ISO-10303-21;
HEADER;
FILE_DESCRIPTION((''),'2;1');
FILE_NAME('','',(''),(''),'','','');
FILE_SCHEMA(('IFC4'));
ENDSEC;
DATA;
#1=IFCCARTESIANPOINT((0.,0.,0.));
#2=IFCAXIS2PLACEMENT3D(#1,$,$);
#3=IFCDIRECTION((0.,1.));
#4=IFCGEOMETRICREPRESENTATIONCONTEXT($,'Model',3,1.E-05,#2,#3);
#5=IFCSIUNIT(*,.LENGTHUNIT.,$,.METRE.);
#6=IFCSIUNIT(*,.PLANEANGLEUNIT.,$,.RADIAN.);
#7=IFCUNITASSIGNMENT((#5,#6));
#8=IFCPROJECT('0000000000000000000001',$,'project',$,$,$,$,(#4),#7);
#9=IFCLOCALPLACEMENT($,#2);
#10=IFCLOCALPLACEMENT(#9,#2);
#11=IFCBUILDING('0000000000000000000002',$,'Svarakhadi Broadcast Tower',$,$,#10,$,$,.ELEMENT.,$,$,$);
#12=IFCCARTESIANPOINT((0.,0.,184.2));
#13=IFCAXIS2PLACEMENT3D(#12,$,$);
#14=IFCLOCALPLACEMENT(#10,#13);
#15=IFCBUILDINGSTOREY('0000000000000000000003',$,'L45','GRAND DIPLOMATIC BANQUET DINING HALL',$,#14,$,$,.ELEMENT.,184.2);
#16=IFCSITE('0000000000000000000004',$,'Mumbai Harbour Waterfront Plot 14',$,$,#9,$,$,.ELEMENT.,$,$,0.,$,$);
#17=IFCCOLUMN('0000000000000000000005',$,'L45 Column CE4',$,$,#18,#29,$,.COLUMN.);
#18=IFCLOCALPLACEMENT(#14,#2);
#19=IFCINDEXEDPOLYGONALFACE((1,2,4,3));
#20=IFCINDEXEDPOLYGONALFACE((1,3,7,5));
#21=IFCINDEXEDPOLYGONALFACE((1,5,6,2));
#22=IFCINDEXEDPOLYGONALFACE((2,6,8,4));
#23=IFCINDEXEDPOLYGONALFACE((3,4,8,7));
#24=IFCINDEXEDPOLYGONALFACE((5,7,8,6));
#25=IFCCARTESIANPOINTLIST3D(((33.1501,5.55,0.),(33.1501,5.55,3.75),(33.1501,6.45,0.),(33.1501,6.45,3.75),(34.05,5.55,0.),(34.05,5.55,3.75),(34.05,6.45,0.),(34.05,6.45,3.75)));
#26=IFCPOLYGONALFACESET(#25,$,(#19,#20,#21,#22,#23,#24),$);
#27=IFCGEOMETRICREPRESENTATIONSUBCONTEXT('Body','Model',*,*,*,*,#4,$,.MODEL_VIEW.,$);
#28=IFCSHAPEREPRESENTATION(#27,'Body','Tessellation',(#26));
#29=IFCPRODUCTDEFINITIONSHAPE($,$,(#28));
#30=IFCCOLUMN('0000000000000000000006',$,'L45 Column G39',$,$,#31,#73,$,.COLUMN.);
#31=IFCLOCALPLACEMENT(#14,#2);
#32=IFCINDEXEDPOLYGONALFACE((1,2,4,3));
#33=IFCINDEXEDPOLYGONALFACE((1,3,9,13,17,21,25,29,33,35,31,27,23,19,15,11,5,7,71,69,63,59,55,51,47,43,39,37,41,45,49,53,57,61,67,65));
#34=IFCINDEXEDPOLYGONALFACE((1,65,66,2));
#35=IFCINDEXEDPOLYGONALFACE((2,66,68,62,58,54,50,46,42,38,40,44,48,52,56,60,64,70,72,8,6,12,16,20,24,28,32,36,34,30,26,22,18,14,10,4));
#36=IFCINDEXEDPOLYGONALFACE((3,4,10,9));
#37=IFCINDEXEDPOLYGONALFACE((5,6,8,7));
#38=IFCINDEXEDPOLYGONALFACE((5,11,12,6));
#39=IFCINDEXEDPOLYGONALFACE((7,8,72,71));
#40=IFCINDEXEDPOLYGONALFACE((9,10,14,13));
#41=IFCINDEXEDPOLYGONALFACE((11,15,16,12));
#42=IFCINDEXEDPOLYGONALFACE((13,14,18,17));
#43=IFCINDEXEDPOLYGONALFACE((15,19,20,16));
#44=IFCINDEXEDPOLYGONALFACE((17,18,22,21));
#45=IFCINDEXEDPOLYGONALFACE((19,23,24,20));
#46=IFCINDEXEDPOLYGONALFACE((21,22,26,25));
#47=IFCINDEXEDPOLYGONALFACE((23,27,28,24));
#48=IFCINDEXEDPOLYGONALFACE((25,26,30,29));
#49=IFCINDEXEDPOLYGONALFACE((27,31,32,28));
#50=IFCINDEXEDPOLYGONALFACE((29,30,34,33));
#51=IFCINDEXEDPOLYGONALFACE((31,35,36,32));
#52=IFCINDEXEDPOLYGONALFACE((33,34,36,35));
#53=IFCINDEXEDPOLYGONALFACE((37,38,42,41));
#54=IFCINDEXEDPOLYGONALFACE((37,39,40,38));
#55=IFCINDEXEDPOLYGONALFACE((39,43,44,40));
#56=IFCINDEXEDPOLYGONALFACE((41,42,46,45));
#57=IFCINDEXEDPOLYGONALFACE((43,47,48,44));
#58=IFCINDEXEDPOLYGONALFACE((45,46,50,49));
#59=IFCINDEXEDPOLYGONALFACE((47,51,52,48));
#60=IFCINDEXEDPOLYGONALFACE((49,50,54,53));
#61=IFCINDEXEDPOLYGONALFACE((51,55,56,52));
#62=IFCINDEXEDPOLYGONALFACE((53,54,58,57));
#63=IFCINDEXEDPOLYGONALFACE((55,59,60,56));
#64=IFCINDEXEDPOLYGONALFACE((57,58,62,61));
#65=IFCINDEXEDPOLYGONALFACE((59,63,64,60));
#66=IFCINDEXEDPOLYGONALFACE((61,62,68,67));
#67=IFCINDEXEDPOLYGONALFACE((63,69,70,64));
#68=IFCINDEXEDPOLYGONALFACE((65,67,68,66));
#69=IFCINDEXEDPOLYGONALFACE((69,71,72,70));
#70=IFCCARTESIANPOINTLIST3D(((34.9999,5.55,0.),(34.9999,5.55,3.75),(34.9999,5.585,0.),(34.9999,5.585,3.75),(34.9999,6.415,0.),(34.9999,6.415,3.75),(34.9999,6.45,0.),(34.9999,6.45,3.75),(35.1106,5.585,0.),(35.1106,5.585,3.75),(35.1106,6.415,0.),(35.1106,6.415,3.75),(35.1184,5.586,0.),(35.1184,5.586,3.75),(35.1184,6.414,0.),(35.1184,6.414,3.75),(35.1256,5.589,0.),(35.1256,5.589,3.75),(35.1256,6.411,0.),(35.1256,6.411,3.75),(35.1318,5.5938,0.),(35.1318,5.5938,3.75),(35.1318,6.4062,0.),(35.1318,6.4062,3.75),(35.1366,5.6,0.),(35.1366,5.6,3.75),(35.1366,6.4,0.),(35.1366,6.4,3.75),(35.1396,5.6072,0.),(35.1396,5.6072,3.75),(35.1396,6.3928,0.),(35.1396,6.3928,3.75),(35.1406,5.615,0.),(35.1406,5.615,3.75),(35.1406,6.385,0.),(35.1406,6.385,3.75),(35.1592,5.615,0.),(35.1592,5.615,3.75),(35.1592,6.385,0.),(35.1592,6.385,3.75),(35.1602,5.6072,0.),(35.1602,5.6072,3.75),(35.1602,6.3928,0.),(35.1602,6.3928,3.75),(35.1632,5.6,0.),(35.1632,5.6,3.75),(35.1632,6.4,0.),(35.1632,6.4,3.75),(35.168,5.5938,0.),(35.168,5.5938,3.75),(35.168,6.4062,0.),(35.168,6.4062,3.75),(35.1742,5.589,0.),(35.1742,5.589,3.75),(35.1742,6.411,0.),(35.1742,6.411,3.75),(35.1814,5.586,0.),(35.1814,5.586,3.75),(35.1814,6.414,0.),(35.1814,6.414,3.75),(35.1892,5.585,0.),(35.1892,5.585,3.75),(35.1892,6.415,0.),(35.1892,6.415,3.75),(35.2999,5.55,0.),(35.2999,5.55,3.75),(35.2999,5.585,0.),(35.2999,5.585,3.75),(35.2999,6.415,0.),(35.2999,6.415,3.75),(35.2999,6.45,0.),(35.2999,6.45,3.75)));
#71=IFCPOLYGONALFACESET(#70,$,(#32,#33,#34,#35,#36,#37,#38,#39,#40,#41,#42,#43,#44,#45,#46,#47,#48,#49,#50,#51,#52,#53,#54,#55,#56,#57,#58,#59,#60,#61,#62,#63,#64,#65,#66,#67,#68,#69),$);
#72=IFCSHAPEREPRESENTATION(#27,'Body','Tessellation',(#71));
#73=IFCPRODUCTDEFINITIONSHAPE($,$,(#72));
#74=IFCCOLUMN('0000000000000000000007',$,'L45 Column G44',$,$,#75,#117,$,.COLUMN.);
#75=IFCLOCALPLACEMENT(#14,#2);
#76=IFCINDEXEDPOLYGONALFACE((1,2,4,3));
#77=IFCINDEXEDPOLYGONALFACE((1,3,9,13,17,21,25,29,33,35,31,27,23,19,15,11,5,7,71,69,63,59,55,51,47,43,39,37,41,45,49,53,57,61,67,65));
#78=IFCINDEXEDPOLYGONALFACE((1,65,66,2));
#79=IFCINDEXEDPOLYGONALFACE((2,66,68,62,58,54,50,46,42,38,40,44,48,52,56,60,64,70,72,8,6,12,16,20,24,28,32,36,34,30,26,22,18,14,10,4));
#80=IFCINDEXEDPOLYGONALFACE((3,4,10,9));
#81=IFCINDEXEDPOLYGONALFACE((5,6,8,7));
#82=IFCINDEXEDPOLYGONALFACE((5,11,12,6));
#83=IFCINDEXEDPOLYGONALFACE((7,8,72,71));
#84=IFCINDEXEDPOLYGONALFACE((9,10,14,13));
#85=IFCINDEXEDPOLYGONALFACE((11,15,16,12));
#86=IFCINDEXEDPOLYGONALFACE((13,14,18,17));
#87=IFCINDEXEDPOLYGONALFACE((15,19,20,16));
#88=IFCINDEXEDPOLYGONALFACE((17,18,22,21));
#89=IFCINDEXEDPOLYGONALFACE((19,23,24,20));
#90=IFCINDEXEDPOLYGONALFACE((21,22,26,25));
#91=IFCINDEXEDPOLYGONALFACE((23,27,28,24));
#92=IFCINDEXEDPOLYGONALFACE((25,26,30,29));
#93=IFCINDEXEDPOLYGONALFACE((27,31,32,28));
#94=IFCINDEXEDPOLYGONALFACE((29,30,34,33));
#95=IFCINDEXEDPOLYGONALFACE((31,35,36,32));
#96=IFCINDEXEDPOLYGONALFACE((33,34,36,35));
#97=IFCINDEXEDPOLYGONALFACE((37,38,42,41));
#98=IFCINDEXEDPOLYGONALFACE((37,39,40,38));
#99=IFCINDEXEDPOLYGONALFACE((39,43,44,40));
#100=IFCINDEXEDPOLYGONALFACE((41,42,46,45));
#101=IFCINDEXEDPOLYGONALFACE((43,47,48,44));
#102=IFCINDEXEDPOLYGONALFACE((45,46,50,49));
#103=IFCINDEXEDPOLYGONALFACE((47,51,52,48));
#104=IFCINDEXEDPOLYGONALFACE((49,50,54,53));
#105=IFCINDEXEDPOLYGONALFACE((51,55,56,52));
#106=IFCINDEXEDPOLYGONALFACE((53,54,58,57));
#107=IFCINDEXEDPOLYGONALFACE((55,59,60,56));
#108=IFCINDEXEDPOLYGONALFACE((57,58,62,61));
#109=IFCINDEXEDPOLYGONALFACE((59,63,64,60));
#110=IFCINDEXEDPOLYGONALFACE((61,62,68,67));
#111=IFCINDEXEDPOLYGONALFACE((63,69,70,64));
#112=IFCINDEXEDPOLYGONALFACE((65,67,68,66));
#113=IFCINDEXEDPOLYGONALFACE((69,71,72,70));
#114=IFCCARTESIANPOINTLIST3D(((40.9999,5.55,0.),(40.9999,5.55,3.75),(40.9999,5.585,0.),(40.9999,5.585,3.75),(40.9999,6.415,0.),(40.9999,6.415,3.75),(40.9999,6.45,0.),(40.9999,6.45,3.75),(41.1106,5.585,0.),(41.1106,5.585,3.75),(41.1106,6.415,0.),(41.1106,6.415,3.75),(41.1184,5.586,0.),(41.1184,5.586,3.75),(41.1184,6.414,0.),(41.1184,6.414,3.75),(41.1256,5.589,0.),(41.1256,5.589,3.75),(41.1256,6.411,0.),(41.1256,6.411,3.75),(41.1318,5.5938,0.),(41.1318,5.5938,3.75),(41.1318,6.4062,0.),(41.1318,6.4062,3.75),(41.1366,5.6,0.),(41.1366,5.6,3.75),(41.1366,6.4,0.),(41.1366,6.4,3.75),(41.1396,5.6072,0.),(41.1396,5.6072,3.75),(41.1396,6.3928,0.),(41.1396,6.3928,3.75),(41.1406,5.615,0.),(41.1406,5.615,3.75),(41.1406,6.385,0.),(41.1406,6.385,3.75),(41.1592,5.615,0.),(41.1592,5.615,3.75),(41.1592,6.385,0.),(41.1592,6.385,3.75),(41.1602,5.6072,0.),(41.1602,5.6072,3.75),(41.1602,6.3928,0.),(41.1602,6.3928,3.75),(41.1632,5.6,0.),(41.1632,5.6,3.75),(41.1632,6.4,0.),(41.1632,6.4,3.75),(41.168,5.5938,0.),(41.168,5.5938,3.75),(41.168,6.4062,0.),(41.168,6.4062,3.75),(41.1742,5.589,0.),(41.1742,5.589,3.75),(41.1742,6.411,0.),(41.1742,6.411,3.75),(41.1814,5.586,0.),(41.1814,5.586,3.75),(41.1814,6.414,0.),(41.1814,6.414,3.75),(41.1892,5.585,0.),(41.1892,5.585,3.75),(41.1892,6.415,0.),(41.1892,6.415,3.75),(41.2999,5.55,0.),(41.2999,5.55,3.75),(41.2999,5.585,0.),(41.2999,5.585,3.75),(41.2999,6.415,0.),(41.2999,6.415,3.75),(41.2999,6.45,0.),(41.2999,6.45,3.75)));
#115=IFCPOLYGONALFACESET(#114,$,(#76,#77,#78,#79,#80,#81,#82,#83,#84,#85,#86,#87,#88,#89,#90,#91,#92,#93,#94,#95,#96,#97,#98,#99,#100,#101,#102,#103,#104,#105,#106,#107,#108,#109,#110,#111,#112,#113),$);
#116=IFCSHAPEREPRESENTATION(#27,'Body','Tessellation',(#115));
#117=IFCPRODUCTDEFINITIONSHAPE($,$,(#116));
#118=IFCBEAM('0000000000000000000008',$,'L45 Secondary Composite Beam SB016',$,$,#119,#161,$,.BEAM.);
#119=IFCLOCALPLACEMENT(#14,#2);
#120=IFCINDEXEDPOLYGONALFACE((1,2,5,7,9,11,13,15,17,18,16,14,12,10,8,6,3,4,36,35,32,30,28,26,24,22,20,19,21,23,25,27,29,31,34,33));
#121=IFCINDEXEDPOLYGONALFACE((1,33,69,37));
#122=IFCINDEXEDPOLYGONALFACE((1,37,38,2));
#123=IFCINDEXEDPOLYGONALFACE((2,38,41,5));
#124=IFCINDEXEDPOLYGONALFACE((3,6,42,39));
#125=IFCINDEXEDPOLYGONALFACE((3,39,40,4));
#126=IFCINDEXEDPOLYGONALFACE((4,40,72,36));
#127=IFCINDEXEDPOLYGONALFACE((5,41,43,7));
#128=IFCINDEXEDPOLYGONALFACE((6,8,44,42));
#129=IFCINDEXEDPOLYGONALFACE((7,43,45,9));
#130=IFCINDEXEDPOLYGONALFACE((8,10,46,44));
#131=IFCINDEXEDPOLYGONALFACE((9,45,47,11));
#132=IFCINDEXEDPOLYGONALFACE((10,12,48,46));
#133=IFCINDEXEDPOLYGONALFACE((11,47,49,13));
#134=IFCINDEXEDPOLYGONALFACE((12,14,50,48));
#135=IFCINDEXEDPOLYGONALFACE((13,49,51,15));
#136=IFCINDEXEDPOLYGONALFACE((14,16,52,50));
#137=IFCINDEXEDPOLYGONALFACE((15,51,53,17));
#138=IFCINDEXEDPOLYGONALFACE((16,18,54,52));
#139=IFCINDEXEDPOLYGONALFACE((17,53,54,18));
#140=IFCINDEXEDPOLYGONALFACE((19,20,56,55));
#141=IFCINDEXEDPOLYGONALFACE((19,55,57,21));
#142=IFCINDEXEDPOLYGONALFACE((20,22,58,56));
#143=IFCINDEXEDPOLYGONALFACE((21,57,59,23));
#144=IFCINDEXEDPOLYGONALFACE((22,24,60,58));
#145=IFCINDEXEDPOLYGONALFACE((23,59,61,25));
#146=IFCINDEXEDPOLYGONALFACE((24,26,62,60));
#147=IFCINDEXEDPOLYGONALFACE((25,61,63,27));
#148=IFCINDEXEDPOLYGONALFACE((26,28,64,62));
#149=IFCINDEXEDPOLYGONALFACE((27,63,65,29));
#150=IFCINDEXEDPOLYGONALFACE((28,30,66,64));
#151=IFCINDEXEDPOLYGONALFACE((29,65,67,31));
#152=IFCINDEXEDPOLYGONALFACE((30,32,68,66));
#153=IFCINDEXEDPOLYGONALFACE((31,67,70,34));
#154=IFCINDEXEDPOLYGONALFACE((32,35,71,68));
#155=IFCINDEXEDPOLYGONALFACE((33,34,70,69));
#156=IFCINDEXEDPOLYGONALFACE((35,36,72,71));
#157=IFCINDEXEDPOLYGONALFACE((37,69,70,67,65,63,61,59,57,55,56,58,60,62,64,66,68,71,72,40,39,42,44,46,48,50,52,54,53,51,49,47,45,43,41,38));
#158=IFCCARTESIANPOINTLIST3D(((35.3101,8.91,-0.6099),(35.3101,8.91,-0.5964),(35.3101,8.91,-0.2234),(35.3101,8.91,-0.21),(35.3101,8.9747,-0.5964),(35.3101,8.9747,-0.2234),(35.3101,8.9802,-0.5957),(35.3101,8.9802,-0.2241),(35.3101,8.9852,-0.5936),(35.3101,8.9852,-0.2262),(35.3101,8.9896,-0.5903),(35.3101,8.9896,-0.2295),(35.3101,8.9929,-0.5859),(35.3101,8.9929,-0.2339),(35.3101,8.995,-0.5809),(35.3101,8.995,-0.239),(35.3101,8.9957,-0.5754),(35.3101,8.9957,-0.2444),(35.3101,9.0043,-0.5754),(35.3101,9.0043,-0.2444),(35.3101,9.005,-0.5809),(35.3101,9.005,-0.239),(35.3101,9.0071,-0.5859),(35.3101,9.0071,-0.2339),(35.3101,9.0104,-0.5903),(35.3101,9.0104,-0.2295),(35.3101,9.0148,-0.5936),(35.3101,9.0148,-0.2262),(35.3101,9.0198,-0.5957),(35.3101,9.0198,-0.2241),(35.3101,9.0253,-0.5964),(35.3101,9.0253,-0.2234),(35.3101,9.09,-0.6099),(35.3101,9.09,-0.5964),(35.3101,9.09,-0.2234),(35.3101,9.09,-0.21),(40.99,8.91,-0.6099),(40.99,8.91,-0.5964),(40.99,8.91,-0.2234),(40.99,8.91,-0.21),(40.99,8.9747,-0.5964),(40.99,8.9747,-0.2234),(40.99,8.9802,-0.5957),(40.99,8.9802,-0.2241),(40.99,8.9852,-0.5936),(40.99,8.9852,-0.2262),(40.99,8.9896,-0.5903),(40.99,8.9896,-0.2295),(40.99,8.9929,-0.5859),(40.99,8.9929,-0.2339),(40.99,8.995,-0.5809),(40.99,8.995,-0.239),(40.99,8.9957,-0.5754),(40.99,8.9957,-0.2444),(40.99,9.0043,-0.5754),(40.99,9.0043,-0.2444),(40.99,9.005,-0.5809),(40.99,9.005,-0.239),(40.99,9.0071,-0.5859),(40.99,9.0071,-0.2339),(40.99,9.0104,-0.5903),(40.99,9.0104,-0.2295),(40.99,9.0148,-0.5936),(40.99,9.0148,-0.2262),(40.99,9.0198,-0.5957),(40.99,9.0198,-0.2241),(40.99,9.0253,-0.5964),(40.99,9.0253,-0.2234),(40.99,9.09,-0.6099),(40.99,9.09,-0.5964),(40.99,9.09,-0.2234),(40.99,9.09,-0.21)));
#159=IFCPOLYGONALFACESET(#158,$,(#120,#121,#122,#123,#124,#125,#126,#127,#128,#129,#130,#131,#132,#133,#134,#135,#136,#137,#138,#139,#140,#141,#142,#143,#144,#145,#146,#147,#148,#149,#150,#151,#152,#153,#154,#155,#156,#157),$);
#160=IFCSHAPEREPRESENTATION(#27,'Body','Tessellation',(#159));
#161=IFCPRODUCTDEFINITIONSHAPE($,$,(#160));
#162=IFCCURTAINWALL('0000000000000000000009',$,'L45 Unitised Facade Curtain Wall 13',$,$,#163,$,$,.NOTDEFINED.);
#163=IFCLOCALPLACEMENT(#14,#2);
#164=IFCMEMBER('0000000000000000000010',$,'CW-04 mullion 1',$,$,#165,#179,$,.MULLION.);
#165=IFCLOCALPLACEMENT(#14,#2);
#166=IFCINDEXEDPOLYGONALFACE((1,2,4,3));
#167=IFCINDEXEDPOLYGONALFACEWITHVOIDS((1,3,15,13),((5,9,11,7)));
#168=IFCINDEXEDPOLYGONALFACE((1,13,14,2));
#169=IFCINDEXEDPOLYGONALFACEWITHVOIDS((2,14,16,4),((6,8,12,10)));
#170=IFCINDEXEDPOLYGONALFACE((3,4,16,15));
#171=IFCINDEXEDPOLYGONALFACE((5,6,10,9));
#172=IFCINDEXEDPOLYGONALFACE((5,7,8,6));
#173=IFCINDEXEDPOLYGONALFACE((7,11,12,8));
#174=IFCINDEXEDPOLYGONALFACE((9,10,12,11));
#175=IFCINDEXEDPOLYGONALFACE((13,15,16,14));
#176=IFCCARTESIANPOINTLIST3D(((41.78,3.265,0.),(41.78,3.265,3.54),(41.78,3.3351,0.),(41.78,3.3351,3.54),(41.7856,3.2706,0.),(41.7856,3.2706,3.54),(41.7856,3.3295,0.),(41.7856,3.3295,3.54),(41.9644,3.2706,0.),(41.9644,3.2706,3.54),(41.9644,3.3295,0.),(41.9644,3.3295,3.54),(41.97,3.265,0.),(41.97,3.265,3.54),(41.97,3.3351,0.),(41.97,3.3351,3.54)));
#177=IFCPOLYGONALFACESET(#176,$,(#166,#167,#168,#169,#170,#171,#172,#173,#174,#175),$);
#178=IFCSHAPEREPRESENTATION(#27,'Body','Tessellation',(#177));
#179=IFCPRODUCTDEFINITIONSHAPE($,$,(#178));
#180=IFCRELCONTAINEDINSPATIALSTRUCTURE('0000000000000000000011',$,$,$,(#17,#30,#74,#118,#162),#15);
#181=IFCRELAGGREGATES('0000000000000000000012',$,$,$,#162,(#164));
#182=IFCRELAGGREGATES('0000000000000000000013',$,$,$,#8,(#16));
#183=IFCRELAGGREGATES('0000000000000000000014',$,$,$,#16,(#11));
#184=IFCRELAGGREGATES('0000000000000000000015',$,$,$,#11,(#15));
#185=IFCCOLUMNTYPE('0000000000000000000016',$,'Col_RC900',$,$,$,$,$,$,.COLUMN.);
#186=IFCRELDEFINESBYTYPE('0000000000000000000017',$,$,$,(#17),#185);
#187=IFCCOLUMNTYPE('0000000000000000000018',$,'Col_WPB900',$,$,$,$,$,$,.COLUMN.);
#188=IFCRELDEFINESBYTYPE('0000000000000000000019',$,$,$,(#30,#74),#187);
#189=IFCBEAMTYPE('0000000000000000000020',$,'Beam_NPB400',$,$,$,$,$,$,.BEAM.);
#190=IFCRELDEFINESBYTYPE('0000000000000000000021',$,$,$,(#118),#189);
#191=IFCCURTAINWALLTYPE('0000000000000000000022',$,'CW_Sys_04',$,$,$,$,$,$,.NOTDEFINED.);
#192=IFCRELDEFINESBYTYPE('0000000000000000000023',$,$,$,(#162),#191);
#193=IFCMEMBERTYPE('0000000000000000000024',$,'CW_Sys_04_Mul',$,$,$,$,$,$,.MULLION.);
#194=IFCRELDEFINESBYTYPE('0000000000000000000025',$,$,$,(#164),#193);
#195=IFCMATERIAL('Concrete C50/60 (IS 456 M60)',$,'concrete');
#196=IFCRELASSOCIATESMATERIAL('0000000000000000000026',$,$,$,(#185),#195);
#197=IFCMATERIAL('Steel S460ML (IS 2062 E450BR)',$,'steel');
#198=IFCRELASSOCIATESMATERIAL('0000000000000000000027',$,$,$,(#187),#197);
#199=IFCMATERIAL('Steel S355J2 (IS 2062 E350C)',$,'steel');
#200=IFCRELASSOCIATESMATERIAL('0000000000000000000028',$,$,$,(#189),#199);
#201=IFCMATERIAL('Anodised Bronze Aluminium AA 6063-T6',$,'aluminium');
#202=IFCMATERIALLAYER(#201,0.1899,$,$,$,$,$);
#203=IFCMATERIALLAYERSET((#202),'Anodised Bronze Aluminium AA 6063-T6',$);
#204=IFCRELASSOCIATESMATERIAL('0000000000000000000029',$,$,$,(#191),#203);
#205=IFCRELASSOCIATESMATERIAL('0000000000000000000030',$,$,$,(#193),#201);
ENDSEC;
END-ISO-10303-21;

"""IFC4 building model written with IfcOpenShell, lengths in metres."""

from ifc_helpers import new_model, si_unit, direction, frame, origin, origin_2d, place, context, subcontext, project, spatial, rectangle, hollow_rectangle, i_section, extrude, material, layer, layer_set, material_profile, profile_set, type_object, element, aggregate, save


model = new_model("IFC4")

# Units and contexts
model_context = context("Model", 3, precision=1e-05, world=origin(), true_north=direction((0.0, 1.0)))
body_context = subcontext(model_context, "Body", "Model", "MODEL_VIEW")
ifc_project = project(units=[si_unit("LENGTHUNIT", "METRE"), si_unit("PLANEANGLEUNIT", "RADIAN")], contexts=[model_context])

# Site, building, storey
site_placement = place(None, origin())
site = spatial("IfcSite", under=ifc_project, at=site_placement, Name="Mumbai Harbour Waterfront Plot 14", CompositionType="ELEMENT", RefElevation=0.0)
building_placement = place(site_placement, origin())
building = spatial("IfcBuilding", under=site, at=building_placement, Name="Svarakhadi Broadcast Tower", CompositionType="ELEMENT")
storey_placement = place(building_placement, frame((0.0, 0.0, 184.2)))
storey = spatial("IfcBuildingStorey", under=building, at=storey_placement, Name="L45", Description="GRAND DIPLOMATIC BANQUET DINING HALL", CompositionType="ELEMENT", Elevation=184.2)

# Columns
ifc_material_1 = material(Name="Concrete C50/60 (IS 456 M60)", Category="concrete")
ifc_material_profile_1 = material_profile(ifc_material_1, rectangle(XDim=0.8999, YDim=0.8999, at=origin_2d()), Name="RC 900x900")
ifc_profile_set_1 = profile_set([ifc_material_profile_1], Name="Concrete C50/60 (IS 456 M60)")
column_type_1 = type_object("IfcColumnType", Name="Col_RC900", PredefinedType="COLUMN", material=ifc_profile_set_1)
column_placement = place(storey_placement, frame((33.6001, 6.0, 0.0), z_axis=(0.0, 0.0, 1.0), x_axis=(1.0, 0.0, 0.0)))
element("IfcColumn", 1, at=column_placement, inside=storey, type_object=column_type_1, Name="L45 Column CE4", PredefinedType="COLUMN", context=body_context, shape_type="SweptSolid", body=[
    extrude(rectangle(XDim=0.8999, YDim=0.8999, at=origin_2d()), origin(), (0.0, 0.0, 1.0), 3.75),
])
ifc_material_2 = material(Name="Steel S460ML (IS 2062 E450BR)", Category="steel")
ifc_material_profile_2 = material_profile(ifc_material_2, i_section(OverallWidth=0.3, OverallDepth=0.8999, WebThickness=0.0186, FlangeThickness=0.0349, FilletRadius=0.03, at=origin_2d()), Name="WPB 900x300x291")
ifc_profile_set_2 = profile_set([ifc_material_profile_2], Name="Steel S460ML (IS 2062 E450BR)")
column_type_2 = type_object("IfcColumnType", Name="Col_WPB900", PredefinedType="COLUMN", material=ifc_profile_set_2)
for number, where, z_axis, x_axis, name in (
    (2, (35.1499, 6.0, 0.0), (0.0, 0.0, 1.0), (1.0, 0.0, 0.0), "L45 Column G39"),
    (3, (41.1499, 6.0, 0.0), (0.0, 0.0, 1.0), (1.0, 0.0, 0.0), "L45 Column G44"),
):
    element("IfcColumn", number, at=place(storey_placement, frame(where, z_axis=z_axis, x_axis=x_axis)), inside=storey, type_object=column_type_2, Name=name, PredefinedType="COLUMN", context=body_context, shape_type="SweptSolid", body=[
        extrude(i_section(OverallWidth=0.3, OverallDepth=0.8999, WebThickness=0.0186, FlangeThickness=0.0349, FilletRadius=0.03, at=origin_2d()), origin(), (0.0, 0.0, 1.0), 3.75),
    ])

# Beam
ifc_material_3 = material(Name="Steel S355J2 (IS 2062 E350C)", Category="steel")
ifc_material_profile_3 = material_profile(ifc_material_3, i_section(OverallWidth=0.1799, OverallDepth=0.3999, WebThickness=0.0085, FlangeThickness=0.0134, FilletRadius=0.021, at=origin_2d()), Name="NPB 400x180x66")
ifc_profile_set_3 = profile_set([ifc_material_profile_3], Name="Steel S355J2 (IS 2062 E350C)")
beam_type_1 = type_object("IfcBeamType", Name="Beam_NPB400", PredefinedType="BEAM", material=ifc_profile_set_3)
beam_1_placement = place(storey_placement, frame((35.3101, 9.0, -0.4099), z_axis=(1.0, 0.0, 0.0), x_axis=(0.0, 1.0, 0.0)))
element("IfcBeam", 4, at=beam_1_placement, inside=storey, type_object=beam_type_1, Name="L45 Secondary Composite Beam SB016", PredefinedType="BEAM", context=body_context, shape_type="SweptSolid", body=[
    extrude(i_section(OverallWidth=0.1799, OverallDepth=0.3999, WebThickness=0.0085, FlangeThickness=0.0134, FilletRadius=0.021, at=origin_2d()), origin(), (0.0, 0.0, 1.0), 5.6799),
])

# Curtain wall, member
ifc_material_4 = material(Name="Anodised Bronze Aluminium AA 6063-T6", Category="aluminium")
ifc_layer_1 = layer(ifc_material_4, 0.1899)
ifc_layer_set_1 = layer_set([ifc_layer_1], Name="Anodised Bronze Aluminium AA 6063-T6")
curtain_wall_type = type_object("IfcCurtainWallType", Name="CW_Sys_04", PredefinedType="NOTDEFINED", material=ifc_layer_set_1)
curtain_wall_placement = place(storey_placement, origin())
curtain_wall = element("IfcCurtainWall", 5, at=curtain_wall_placement, inside=storey, type_object=curtain_wall_type, Name="L45 Unitised Facade Curtain Wall 13", PredefinedType="NOTDEFINED")
ifc_material_profile_4 = material_profile(ifc_material_4, hollow_rectangle(XDim=0.0701, YDim=0.1899, WallThickness=0.0056, at=origin_2d()), Name="ALU MULLION 190x70x6")
ifc_profile_set_4 = profile_set([ifc_material_profile_4], Name="Anodised Bronze Aluminium AA 6063-T6")
member_type_1 = type_object("IfcMemberType", Name="CW_Sys_04_Mul", PredefinedType="MULLION", material=ifc_profile_set_4)
member_1_placement = place(storey_placement, frame((41.875, 3.3, 0.0), z_axis=(0.0, 0.0, 1.0), x_axis=(0.0, -1.0, 0.0)))
member_1 = element("IfcMember", 6, at=member_1_placement, type_object=member_type_1, Name="CW-04 mullion 1", PredefinedType="MULLION", context=body_context, shape_type="SweptSolid", body=[
    extrude(hollow_rectangle(XDim=0.0701, YDim=0.1899, WallThickness=0.0056, at=origin_2d()), origin(), (0.0, 0.0, 1.0), 3.54),
])
aggregate(curtain_wall, [member_1])

save(model, "model.ifc")
